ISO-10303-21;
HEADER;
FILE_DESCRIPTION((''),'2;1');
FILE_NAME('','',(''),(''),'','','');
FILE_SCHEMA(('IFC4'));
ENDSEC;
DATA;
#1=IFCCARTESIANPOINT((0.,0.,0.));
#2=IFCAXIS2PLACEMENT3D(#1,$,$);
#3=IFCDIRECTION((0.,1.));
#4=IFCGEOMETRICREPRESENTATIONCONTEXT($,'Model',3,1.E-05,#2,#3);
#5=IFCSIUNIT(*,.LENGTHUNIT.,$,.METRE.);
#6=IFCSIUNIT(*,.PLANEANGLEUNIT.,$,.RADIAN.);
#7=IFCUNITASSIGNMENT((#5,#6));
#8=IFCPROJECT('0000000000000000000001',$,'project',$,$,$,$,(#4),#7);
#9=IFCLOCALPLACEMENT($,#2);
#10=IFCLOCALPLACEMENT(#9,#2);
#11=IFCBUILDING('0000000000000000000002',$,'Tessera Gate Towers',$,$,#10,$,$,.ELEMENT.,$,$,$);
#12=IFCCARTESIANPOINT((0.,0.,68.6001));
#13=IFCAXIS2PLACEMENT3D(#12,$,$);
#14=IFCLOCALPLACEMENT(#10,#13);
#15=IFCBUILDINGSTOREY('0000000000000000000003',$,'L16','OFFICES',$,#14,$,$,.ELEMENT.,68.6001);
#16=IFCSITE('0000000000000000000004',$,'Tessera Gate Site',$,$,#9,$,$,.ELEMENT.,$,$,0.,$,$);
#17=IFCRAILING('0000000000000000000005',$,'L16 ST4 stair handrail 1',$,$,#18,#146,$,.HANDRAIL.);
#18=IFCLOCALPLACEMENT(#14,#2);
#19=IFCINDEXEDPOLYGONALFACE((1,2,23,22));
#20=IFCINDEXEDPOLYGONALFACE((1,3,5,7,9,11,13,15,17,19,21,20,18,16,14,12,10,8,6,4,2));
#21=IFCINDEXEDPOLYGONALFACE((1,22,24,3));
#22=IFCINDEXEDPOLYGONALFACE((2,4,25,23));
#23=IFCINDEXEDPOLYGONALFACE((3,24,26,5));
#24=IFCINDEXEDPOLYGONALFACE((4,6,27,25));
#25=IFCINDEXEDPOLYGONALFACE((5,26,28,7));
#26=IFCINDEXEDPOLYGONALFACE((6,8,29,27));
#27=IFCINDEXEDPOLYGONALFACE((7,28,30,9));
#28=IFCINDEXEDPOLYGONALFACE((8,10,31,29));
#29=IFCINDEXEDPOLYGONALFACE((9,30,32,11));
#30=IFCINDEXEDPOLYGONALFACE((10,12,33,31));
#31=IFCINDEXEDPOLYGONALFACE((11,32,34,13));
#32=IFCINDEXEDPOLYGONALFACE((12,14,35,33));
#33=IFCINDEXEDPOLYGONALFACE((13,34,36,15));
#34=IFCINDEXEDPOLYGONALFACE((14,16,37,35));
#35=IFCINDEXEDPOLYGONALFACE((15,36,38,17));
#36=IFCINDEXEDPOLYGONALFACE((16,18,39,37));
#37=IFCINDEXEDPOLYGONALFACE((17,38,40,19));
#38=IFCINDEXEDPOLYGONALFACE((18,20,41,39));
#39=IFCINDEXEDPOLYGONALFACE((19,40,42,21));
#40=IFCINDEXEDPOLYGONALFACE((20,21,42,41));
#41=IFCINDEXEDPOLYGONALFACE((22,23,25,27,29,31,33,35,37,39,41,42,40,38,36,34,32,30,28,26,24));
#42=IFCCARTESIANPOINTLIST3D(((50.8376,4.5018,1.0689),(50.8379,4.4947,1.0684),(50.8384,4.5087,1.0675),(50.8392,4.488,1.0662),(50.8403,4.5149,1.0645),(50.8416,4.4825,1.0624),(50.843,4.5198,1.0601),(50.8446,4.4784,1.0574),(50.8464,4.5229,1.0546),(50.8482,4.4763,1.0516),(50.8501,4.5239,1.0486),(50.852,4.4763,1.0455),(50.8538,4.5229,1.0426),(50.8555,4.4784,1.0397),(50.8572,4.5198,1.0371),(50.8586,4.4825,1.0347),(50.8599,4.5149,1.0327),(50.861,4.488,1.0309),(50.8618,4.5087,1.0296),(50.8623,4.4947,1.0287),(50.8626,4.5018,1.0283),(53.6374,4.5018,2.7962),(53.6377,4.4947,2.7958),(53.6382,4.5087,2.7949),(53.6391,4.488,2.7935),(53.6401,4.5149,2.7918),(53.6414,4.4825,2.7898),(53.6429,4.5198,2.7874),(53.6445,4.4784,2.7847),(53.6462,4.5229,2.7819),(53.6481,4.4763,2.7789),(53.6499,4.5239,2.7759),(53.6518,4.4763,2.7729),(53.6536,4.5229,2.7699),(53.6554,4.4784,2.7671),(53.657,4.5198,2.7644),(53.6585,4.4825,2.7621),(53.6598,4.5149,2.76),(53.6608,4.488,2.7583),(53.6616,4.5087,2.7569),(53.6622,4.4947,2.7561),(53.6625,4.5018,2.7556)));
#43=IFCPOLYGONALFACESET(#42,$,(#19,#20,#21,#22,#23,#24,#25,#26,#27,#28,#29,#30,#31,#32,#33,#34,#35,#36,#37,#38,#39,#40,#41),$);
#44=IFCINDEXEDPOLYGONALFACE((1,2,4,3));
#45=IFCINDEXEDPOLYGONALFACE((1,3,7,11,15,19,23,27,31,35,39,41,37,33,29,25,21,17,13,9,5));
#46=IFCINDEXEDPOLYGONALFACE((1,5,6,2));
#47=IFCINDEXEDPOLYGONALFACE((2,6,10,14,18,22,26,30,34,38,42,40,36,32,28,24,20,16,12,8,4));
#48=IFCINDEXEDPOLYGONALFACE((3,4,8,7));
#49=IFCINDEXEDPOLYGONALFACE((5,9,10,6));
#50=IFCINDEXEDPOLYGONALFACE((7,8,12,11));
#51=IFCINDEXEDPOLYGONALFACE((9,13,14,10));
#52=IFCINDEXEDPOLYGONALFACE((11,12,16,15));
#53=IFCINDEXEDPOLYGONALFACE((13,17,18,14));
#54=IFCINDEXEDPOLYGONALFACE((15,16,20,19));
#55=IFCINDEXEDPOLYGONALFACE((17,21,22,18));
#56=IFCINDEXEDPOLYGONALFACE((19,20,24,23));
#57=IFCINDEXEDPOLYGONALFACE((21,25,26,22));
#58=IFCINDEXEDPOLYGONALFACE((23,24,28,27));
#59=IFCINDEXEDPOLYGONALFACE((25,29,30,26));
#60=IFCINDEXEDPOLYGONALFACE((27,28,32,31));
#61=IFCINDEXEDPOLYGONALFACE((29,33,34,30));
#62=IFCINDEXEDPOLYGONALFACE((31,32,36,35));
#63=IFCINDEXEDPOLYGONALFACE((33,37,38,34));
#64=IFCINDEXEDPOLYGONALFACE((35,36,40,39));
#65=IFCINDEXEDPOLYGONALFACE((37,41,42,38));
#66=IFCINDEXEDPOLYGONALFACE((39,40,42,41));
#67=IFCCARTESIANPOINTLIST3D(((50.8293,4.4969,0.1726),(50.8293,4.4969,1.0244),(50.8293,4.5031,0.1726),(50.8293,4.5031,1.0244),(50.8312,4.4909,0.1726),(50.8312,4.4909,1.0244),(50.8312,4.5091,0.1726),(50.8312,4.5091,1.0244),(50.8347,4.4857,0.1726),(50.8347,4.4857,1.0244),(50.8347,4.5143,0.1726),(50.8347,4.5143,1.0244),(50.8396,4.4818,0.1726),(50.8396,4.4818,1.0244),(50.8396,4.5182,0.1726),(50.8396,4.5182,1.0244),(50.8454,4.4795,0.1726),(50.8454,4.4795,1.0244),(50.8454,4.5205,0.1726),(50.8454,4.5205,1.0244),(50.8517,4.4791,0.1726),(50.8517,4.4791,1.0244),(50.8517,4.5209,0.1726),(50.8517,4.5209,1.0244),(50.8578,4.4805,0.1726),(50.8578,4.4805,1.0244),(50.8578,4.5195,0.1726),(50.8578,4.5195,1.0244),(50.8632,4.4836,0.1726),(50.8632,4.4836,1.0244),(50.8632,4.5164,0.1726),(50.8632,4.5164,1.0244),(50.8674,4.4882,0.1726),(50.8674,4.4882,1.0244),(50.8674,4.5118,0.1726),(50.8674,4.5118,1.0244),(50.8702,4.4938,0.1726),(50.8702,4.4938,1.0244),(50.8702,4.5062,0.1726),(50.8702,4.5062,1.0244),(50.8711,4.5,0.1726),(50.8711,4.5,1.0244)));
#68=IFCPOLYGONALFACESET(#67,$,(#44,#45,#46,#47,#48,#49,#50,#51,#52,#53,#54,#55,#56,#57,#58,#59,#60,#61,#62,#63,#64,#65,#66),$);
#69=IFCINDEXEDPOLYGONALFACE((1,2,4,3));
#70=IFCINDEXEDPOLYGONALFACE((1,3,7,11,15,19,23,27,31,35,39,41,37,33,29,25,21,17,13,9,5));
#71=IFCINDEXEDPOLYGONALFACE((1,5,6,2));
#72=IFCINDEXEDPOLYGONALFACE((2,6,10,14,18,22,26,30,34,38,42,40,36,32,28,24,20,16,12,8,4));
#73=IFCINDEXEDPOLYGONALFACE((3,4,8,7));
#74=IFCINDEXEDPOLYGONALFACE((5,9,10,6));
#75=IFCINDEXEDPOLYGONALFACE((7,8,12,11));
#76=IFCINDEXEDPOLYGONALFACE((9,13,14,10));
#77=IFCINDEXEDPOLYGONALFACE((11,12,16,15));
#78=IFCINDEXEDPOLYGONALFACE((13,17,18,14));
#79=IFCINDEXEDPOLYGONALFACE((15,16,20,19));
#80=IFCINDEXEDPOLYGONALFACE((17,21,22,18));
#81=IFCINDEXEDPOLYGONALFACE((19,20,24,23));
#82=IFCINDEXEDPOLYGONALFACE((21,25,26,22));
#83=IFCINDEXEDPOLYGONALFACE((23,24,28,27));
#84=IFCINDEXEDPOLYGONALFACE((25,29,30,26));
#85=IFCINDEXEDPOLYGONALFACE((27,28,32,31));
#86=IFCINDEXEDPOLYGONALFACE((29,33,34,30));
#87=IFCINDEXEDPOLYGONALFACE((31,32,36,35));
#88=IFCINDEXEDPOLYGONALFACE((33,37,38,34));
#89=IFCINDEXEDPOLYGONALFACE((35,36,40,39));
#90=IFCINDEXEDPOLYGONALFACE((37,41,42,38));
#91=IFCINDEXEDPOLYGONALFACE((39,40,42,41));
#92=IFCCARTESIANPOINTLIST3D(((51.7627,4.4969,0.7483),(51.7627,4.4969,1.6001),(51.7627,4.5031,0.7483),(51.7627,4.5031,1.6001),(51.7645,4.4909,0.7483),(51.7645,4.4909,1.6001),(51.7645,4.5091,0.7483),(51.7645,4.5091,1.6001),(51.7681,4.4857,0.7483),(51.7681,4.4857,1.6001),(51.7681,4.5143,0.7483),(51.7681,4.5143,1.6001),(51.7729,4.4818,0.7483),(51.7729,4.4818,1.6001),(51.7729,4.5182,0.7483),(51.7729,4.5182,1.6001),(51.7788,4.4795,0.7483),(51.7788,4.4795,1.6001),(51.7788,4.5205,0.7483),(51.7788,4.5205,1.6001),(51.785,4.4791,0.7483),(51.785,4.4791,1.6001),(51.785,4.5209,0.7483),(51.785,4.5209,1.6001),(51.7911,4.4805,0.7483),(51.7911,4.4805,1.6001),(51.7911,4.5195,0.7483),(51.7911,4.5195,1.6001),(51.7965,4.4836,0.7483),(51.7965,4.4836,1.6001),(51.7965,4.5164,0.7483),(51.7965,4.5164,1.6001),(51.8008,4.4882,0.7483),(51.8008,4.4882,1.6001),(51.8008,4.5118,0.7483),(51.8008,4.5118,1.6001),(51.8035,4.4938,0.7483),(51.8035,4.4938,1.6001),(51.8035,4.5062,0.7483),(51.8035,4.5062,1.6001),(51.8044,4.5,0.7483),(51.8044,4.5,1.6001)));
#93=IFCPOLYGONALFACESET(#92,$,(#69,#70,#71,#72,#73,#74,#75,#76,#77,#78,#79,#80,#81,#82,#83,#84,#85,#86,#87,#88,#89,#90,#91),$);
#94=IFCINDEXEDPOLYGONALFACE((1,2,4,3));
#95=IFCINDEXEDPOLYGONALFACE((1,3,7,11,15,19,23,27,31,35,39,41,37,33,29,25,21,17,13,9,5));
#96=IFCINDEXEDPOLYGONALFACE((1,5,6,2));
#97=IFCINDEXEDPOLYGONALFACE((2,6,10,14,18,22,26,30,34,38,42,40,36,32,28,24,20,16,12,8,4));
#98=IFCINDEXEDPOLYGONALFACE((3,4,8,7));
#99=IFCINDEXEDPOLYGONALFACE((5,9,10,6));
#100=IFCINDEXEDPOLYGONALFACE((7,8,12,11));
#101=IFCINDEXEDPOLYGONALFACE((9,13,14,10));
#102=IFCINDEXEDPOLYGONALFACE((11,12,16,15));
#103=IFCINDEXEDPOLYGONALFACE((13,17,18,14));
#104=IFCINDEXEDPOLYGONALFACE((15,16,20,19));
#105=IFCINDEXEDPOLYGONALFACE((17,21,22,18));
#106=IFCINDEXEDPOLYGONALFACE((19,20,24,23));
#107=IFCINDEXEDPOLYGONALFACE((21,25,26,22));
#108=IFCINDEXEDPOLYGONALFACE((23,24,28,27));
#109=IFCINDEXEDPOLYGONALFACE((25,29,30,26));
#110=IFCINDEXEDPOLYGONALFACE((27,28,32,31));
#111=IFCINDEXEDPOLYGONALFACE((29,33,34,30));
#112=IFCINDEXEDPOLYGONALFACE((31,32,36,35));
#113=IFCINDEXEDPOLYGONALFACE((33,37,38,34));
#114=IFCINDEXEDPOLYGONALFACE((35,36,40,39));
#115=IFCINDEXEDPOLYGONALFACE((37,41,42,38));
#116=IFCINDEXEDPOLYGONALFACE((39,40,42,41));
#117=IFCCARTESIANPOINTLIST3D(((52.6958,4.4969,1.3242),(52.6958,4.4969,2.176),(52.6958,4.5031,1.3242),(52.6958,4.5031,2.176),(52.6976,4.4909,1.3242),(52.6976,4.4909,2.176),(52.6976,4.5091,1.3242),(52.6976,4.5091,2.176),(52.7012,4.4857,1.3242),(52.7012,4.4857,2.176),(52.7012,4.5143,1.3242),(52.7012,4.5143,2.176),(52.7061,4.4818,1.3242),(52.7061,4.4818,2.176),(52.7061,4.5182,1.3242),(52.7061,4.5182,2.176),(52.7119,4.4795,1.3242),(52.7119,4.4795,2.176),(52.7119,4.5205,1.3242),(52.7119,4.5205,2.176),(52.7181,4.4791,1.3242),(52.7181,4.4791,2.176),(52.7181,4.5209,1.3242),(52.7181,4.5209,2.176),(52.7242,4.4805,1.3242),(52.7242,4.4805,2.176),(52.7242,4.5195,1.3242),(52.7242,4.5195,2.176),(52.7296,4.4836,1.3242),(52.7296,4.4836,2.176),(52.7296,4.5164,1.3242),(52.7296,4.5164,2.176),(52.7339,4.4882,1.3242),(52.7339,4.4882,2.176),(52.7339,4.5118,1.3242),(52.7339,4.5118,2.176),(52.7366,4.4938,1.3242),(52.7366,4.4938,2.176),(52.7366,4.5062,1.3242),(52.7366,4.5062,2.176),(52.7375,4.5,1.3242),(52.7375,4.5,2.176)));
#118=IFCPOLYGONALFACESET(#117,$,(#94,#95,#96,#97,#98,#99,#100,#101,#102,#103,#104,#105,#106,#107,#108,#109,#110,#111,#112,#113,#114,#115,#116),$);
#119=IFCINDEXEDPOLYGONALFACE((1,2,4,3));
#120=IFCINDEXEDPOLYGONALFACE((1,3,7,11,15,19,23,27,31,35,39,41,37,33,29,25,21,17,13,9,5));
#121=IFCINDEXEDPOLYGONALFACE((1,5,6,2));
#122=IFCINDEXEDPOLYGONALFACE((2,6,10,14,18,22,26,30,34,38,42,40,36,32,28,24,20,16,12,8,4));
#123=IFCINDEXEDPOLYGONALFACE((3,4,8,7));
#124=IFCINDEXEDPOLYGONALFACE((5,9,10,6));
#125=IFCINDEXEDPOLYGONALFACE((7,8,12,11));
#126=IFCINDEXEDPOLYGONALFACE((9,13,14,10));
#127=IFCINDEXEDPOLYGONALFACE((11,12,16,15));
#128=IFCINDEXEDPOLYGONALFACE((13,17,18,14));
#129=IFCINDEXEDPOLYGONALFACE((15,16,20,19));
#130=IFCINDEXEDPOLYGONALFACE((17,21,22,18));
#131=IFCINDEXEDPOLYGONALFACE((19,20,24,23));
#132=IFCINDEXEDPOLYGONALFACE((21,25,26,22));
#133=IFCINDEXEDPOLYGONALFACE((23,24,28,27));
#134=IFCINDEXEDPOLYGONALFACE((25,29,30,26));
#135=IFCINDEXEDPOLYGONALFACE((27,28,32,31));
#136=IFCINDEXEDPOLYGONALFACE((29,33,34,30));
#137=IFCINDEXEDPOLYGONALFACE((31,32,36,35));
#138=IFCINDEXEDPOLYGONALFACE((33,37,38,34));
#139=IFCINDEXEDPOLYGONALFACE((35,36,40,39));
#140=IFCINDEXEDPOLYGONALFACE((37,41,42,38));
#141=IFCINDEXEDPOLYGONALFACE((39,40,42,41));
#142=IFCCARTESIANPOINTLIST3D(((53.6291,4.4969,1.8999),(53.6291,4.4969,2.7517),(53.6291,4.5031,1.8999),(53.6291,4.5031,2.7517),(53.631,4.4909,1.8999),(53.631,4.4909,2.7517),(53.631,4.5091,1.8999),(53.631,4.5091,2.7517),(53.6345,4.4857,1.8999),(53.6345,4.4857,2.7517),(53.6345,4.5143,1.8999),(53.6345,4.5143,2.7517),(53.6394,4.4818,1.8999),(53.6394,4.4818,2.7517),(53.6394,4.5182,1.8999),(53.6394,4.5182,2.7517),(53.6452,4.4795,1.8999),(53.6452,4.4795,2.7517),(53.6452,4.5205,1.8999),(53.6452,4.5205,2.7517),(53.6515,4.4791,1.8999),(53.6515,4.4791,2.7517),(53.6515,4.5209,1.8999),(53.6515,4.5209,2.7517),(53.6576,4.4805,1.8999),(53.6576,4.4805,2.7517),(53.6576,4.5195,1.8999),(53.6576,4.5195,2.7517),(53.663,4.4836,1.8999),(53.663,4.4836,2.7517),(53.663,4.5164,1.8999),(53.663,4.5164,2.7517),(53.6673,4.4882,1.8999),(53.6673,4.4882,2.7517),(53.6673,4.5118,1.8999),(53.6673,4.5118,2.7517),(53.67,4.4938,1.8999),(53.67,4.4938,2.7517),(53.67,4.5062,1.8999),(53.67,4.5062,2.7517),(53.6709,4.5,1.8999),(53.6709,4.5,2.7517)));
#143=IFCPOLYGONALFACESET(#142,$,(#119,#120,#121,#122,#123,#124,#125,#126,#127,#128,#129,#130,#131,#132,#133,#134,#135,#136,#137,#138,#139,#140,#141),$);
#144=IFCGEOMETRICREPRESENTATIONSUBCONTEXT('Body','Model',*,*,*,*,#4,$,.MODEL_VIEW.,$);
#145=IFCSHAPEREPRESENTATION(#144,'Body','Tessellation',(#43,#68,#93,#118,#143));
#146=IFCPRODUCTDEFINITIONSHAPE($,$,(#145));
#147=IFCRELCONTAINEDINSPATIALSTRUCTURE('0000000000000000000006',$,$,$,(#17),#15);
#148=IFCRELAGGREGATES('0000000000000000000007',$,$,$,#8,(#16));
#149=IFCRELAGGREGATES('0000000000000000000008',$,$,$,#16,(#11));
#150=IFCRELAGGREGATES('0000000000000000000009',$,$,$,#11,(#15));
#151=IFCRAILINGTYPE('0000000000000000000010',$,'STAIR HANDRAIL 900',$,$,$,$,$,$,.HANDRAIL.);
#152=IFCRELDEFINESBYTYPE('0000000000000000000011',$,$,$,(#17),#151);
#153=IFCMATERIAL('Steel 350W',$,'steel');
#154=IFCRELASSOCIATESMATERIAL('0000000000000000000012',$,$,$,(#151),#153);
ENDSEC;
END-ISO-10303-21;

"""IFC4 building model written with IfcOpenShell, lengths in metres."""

from ifc_helpers import new_model, si_unit, direction, frame, origin, origin_2d, place, context, subcontext, project, spatial, circle, extrude, material, type_object, element, save


model = new_model("IFC4")

# Units and contexts
model_context = context("Model", 3, precision=1e-05, world=origin(), true_north=direction((0.0, 1.0)))
body_context = subcontext(model_context, "Body", "Model", "MODEL_VIEW")
ifc_project = project(units=[si_unit("LENGTHUNIT", "METRE"), si_unit("PLANEANGLEUNIT", "RADIAN")], contexts=[model_context])

# Site, building, storey
site_placement = place(None, origin())
site = spatial("IfcSite", under=ifc_project, at=site_placement, Name="Tessera Gate Site", CompositionType="ELEMENT", RefElevation=0.0)
building_placement = place(site_placement, origin())
building = spatial("IfcBuilding", under=site, at=building_placement, Name="Tessera Gate Towers", CompositionType="ELEMENT")
storey_placement = place(building_placement, frame((0.0, 0.0, 68.6001)))
storey = spatial("IfcBuildingStorey", under=building, at=storey_placement, Name="L16", Description="OFFICES", CompositionType="ELEMENT", Elevation=68.6001)

# Railing
ifc_material_1 = material(Name="Steel 350W", Category="steel")
railing_type_1 = type_object("IfcRailingType", Name="STAIR HANDRAIL 900", PredefinedType="HANDRAIL", material=ifc_material_1)
railing_1_placement = place(storey_placement, frame((50.8501, 4.5, 0.1726)))
element("IfcRailing", 1, at=railing_1_placement, inside=storey, type_object=railing_type_1, Name="L16 ST4 stair handrail 1", PredefinedType="HANDRAIL", context=body_context, shape_type="SweptSolid", body=[
    extrude(circle(Radius=0.0239, at=origin_2d()), frame((0.0, 0.0, 0.876), z_axis=(0.851069, 0.0, 0.525054), x_axis=(0.0, 1.0, 0.0)), (0.0, 0.0, 1.0), 3.2898),
    extrude(circle(Radius=0.021, at=origin_2d()), origin(), (0.0, 0.0, 1.0), 0.8518),
    extrude(circle(Radius=0.021, at=origin_2d()), frame((0.9333, 0.0, 0.5757)), (0.0, 0.0, 1.0), 0.8518),
    extrude(circle(Radius=0.021, at=origin_2d()), frame((1.8665, 0.0, 1.1516)), (0.0, 0.0, 1.0), 0.8518),
    extrude(circle(Radius=0.021, at=origin_2d()), frame((2.7998, 0.0, 1.7273)), (0.0, 0.0, 1.0), 0.8518),
])

save(model, "model.ifc")
